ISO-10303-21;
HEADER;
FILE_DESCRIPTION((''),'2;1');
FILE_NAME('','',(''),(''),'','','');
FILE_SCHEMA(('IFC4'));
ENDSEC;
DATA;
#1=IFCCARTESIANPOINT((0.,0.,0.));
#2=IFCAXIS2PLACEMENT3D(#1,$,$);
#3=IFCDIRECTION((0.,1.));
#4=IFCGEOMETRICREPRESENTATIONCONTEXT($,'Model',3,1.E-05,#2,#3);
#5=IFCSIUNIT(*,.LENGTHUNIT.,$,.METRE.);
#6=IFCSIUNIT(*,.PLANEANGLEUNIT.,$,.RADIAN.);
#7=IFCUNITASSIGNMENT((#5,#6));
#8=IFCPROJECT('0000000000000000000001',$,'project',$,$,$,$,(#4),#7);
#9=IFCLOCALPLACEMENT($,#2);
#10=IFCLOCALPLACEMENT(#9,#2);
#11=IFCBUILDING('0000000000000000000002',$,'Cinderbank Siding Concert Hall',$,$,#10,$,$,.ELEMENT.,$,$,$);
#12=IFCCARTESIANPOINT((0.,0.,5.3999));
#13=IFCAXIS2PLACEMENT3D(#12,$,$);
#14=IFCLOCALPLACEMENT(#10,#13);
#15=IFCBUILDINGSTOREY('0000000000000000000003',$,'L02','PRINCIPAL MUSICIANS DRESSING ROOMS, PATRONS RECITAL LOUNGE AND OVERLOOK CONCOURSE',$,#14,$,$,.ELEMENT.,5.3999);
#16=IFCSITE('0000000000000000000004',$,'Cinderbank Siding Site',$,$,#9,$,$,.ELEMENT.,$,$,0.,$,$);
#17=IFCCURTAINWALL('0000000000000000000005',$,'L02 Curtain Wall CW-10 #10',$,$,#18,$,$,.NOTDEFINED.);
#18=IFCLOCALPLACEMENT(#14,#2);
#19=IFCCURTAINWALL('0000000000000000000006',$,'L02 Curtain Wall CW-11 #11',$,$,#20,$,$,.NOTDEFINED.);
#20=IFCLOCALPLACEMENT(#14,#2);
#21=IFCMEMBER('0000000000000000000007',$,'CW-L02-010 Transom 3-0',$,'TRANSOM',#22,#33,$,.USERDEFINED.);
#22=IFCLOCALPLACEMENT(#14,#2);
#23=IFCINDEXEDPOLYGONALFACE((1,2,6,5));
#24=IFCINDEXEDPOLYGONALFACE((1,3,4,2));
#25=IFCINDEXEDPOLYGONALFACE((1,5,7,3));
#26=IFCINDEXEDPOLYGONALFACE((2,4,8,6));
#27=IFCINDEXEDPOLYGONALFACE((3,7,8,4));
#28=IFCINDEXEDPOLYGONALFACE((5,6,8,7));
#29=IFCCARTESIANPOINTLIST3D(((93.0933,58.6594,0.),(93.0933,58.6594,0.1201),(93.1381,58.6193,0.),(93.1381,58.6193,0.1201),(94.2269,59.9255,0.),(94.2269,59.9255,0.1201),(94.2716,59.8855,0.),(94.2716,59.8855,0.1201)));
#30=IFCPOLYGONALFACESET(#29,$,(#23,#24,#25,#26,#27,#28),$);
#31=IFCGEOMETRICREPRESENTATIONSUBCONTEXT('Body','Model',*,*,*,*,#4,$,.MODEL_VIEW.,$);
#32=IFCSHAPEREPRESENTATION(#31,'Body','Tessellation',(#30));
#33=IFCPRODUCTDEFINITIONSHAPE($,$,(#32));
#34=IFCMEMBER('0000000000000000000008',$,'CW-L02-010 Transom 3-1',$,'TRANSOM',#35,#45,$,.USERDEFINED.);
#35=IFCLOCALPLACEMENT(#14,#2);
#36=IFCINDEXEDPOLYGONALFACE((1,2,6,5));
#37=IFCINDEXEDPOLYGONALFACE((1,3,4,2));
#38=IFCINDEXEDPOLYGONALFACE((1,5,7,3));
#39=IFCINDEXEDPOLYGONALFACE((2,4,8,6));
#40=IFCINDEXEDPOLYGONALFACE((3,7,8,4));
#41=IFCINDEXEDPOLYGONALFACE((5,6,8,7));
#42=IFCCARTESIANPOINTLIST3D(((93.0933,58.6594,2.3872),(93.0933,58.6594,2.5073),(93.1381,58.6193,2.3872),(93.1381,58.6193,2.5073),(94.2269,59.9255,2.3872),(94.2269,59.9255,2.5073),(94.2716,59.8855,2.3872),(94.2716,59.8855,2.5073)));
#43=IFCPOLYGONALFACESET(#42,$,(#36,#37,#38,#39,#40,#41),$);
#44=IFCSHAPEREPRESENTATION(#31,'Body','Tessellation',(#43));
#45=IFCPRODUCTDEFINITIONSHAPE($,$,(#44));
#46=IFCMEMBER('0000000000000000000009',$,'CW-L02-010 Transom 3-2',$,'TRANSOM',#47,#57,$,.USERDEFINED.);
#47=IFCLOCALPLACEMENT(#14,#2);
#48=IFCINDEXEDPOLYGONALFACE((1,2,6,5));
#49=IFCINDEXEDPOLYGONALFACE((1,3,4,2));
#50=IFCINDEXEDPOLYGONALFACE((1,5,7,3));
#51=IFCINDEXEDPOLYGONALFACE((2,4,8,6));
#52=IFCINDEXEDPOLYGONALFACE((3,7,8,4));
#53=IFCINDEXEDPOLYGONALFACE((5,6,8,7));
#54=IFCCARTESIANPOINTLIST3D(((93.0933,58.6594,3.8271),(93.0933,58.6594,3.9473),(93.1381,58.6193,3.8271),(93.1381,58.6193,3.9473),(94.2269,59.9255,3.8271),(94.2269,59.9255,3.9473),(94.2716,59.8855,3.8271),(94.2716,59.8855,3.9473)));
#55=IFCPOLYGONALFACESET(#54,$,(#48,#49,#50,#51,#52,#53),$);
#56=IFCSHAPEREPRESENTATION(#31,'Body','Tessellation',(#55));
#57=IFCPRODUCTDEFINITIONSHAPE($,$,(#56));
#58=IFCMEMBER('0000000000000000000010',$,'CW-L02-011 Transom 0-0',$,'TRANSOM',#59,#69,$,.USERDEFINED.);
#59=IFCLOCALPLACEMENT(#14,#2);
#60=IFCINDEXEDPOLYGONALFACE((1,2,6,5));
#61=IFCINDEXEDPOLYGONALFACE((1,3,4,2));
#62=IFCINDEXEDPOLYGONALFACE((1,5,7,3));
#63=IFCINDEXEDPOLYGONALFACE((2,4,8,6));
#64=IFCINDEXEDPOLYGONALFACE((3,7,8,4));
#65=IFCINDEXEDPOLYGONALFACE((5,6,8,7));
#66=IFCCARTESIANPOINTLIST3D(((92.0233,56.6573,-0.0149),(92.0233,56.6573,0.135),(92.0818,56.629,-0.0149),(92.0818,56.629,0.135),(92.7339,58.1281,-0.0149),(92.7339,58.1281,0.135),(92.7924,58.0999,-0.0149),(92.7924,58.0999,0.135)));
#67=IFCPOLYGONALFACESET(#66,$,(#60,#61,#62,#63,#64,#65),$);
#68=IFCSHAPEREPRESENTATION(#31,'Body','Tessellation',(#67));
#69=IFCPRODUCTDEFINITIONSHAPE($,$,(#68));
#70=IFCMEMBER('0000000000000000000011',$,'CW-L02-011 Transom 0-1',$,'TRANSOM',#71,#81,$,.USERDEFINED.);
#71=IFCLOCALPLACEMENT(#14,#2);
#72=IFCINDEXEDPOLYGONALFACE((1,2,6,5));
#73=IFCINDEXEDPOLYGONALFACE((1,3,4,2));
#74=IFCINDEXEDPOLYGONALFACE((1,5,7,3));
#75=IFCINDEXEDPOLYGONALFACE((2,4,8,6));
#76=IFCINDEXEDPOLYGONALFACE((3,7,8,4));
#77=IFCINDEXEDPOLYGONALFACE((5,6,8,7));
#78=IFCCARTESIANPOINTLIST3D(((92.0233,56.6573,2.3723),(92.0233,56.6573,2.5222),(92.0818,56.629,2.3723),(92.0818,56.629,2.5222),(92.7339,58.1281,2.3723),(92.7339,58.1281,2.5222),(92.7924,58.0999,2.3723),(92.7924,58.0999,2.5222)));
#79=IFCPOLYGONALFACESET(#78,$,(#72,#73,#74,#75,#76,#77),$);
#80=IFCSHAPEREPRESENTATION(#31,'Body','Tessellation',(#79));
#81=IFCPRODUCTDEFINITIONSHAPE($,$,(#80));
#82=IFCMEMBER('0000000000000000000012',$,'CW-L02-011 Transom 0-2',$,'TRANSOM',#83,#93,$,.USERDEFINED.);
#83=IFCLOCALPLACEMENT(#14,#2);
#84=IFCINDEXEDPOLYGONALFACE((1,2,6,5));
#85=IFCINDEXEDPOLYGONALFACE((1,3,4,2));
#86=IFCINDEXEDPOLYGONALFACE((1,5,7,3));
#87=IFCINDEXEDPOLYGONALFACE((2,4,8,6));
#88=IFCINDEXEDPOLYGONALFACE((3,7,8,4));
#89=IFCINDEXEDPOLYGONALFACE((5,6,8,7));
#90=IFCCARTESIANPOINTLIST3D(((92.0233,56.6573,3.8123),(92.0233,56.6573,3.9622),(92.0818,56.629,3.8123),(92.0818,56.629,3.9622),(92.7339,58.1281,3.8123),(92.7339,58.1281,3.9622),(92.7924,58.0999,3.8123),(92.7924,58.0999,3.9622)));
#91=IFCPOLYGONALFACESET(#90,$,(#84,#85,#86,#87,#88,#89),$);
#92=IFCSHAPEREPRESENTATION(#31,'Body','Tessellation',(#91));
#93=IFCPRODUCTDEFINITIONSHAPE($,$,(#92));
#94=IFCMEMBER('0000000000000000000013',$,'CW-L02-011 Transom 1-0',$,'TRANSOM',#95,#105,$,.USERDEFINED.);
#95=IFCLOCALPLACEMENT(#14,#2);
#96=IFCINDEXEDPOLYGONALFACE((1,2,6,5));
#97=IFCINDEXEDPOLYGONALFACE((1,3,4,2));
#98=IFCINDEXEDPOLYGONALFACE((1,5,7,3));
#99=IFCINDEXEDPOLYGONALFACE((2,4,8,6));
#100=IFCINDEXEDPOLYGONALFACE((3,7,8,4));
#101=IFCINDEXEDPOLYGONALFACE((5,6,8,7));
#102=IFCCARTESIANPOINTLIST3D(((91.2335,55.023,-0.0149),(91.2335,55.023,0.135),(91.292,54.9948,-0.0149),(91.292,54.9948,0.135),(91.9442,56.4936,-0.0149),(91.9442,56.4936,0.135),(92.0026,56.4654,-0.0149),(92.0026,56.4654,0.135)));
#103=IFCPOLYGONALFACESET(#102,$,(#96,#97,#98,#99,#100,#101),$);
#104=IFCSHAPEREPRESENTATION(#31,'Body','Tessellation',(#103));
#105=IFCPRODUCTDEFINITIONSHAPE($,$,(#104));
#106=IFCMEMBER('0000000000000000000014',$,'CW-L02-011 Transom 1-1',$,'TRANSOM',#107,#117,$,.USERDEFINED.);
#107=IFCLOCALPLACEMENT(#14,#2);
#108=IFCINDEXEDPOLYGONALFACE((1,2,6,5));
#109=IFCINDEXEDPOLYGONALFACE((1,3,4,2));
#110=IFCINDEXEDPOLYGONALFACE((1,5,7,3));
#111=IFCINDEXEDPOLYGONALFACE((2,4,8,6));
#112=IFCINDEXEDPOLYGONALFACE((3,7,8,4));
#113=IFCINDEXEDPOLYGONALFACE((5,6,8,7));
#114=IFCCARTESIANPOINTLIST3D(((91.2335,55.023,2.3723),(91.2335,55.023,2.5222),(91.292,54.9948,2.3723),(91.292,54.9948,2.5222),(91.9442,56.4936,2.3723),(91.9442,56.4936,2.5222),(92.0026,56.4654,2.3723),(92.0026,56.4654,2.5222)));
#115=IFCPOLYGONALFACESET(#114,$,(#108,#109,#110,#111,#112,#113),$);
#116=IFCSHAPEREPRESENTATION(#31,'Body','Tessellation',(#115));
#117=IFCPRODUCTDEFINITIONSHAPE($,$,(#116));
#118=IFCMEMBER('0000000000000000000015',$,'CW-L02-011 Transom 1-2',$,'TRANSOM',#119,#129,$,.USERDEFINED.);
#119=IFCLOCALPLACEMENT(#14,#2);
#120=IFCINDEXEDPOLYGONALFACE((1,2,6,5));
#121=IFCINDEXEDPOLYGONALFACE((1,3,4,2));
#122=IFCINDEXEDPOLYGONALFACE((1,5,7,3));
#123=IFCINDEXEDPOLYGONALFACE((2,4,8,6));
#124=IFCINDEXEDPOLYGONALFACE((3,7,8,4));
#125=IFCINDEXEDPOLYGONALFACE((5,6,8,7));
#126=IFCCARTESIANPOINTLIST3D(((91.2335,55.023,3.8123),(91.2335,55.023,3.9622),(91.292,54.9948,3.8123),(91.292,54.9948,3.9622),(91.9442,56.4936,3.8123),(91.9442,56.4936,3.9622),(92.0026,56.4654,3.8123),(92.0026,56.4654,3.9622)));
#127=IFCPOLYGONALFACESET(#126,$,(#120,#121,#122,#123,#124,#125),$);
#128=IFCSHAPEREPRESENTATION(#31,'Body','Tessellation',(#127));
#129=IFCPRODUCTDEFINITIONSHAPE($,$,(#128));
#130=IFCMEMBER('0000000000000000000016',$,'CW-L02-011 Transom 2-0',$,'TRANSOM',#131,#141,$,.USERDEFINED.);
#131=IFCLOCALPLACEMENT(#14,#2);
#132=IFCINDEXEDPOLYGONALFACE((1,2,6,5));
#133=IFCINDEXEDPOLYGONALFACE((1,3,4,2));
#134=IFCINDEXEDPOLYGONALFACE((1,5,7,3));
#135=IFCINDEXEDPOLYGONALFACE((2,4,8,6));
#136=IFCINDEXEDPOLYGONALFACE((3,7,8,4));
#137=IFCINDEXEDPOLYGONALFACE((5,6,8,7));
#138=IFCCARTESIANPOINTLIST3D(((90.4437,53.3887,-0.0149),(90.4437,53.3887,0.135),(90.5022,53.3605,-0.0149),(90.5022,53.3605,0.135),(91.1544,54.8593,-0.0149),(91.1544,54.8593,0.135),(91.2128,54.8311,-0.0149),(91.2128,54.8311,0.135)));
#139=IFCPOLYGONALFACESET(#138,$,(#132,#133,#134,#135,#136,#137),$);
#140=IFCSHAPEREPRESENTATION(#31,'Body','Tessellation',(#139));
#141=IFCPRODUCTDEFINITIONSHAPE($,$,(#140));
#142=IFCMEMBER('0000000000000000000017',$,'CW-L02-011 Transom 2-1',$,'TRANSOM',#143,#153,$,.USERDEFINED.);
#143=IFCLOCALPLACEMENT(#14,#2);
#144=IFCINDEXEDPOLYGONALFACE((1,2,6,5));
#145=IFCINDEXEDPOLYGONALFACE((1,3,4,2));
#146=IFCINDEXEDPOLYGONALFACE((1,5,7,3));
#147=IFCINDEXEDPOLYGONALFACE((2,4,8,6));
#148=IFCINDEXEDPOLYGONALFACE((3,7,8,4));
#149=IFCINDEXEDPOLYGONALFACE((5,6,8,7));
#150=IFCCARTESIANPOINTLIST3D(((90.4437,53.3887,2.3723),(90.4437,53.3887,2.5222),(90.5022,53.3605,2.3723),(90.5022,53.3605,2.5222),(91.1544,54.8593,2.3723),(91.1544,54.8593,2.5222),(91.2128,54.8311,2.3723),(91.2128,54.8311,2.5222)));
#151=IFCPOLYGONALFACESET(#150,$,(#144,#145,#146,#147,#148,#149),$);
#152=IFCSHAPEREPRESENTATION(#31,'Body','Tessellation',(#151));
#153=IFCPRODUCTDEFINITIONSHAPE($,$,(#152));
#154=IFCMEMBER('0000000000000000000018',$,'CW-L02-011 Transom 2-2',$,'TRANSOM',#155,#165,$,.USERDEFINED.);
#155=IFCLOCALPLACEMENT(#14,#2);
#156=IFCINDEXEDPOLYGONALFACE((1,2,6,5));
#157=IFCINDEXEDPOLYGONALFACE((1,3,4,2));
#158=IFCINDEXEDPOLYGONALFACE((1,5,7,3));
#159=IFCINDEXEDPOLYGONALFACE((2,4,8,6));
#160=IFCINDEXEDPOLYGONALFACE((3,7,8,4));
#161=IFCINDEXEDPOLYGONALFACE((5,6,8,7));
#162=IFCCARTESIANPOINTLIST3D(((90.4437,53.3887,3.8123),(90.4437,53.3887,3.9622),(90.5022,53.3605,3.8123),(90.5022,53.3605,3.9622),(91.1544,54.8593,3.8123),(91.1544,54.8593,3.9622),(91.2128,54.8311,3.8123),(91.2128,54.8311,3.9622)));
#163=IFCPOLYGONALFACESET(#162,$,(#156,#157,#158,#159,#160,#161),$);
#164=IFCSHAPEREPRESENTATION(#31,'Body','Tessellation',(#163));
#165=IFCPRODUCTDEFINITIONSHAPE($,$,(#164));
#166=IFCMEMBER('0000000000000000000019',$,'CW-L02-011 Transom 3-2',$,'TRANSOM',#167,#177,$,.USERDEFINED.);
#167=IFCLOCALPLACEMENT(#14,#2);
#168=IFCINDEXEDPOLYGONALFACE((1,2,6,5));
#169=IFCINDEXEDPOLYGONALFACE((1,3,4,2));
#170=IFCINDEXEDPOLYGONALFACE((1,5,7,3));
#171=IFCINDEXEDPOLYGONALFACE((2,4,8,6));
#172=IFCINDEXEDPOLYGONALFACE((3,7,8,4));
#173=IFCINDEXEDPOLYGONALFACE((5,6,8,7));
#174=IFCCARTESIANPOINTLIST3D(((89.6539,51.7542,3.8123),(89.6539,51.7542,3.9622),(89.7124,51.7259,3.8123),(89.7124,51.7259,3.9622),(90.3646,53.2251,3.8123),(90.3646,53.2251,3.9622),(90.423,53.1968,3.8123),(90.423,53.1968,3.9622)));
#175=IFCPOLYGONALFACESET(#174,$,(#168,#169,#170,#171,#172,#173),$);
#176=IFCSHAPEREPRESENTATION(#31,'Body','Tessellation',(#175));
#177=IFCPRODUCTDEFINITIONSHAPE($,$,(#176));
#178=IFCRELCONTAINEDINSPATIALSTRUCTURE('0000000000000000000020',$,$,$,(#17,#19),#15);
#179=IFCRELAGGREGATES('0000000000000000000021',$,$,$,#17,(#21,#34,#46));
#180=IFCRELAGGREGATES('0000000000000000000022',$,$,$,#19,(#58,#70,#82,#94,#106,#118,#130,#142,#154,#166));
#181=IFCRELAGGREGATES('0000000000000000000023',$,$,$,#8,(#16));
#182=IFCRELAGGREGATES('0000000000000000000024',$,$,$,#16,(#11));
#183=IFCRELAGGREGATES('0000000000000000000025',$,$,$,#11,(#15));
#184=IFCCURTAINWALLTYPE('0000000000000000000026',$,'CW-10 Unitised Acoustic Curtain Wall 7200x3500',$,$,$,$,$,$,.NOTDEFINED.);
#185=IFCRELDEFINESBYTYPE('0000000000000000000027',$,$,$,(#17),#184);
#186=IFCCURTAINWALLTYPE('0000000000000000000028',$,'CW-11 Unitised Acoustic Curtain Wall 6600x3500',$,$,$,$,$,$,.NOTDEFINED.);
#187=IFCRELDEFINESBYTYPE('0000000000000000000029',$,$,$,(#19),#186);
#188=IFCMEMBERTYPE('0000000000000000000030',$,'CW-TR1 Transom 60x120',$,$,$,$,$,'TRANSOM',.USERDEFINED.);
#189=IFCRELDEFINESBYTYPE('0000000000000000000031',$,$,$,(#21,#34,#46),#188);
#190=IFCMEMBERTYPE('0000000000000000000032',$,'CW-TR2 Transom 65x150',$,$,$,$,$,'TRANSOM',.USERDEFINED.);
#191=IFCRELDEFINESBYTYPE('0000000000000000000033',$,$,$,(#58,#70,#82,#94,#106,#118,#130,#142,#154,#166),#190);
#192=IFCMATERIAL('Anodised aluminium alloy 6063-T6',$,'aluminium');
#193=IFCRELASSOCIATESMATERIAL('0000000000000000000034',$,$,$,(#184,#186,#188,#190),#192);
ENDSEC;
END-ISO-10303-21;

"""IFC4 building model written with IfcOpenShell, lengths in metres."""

from ifc_helpers import new_model, si_unit, direction, frame, origin, origin_2d, place, context, subcontext, project, spatial, rectangle, extrude, material, material_profile, profile_set, type_object, element, aggregate, save


model = new_model("IFC4")

# Units and contexts
model_context = context("Model", 3, precision=1e-05, world=origin(), true_north=direction((0.0, 1.0)))
body_context = subcontext(model_context, "Body", "Model", "MODEL_VIEW")
ifc_project = project(units=[si_unit("LENGTHUNIT", "METRE"), si_unit("PLANEANGLEUNIT", "RADIAN")], contexts=[model_context])

# Site, building, storey
site_placement = place(None, origin())
site = spatial("IfcSite", under=ifc_project, at=site_placement, Name="Cinderbank Siding Site", CompositionType="ELEMENT", RefElevation=0.0)
building_placement = place(site_placement, origin())
building = spatial("IfcBuilding", under=site, at=building_placement, Name="Cinderbank Siding Concert Hall", CompositionType="ELEMENT")
storey_placement = place(building_placement, frame((0.0, 0.0, 5.3999)))
storey = spatial("IfcBuildingStorey", under=building, at=storey_placement, Name="L02", Description="PRINCIPAL MUSICIANS DRESSING ROOMS, PATRONS RECITAL LOUNGE AND OVERLOOK CONCOURSE", CompositionType="ELEMENT", Elevation=5.3999)

# Curtain walls
ifc_material_1 = material(Name="Anodised aluminium alloy 6063-T6", Category="aluminium")
curtain_wall_type_1 = type_object("IfcCurtainWallType", Name="CW-10 Unitised Acoustic Curtain Wall 7200x3500", PredefinedType="NOTDEFINED", material=ifc_material_1)
curtain_wall_1_placement = place(storey_placement, origin())
curtain_wall_1 = element("IfcCurtainWall", 1, at=curtain_wall_1_placement, inside=storey, type_object=curtain_wall_type_1, Name="L02 Curtain Wall CW-10 #10", PredefinedType="NOTDEFINED")
curtain_wall_type_2 = type_object("IfcCurtainWallType", Name="CW-11 Unitised Acoustic Curtain Wall 6600x3500", PredefinedType="NOTDEFINED", material=ifc_material_1)
curtain_wall_2_placement = place(storey_placement, origin())
curtain_wall_2 = element("IfcCurtainWall", 2, at=curtain_wall_2_placement, inside=storey, type_object=curtain_wall_type_2, Name="L02 Curtain Wall CW-11 #11", PredefinedType="NOTDEFINED")

# Members
ifc_material_profile_1 = material_profile(ifc_material_1, rectangle(XDim=0.0601, YDim=0.1201, at=origin_2d()), Name="ALU-TRAN-60x120", Category="LoadBearing")
ifc_profile_set_1 = profile_set([ifc_material_profile_1], Name="Anodised aluminium alloy 6063-T6")
member_type_1 = type_object("IfcMemberType", Name="CW-TR1 Transom 60x120", ElementType="TRANSOM", PredefinedType="USERDEFINED", material=ifc_profile_set_1)
member_1_placement = place(storey_placement, frame((94.2493, 59.9055, 0.0601), z_axis=(-0.667026, -0.745035, 0.0), x_axis=(0.745035, -0.667026, 0.0)))
member_1 = element("IfcMember", 3, at=member_1_placement, type_object=member_type_1, Name="CW-L02-010 Transom 3-0", ObjectType="TRANSOM", PredefinedType="USERDEFINED", context=body_context, shape_type="SweptSolid", body=[
    extrude(rectangle(XDim=0.0601, YDim=0.1201, at=origin_2d()), origin(), (0.0, 0.0, 1.0), 1.6995),
])
member_2_placement = place(storey_placement, frame((94.2493, 59.9055, 2.4473), z_axis=(-0.667026, -0.745035, 0.0), x_axis=(0.745035, -0.667026, 0.0)))
member_2 = element("IfcMember", 4, at=member_2_placement, type_object=member_type_1, Name="CW-L02-010 Transom 3-1", ObjectType="TRANSOM", PredefinedType="USERDEFINED", context=body_context, shape_type="SweptSolid", body=[
    extrude(rectangle(XDim=0.0601, YDim=0.1201, at=origin_2d()), origin(), (0.0, 0.0, 1.0), 1.6995),
])
member_3_placement = place(storey_placement, frame((94.2493, 59.9055, 3.8872), z_axis=(-0.667026, -0.745035, 0.0), x_axis=(0.745035, -0.667026, 0.0)))
member_3 = element("IfcMember", 5, at=member_3_placement, type_object=member_type_1, Name="CW-L02-010 Transom 3-2", ObjectType="TRANSOM", PredefinedType="USERDEFINED", context=body_context, shape_type="SweptSolid", body=[
    extrude(rectangle(XDim=0.0601, YDim=0.1201, at=origin_2d()), origin(), (0.0, 0.0, 1.0), 1.6995),
])
ifc_material_profile_2 = material_profile(ifc_material_1, rectangle(XDim=0.0649, YDim=0.1499, at=origin_2d()), Name="ALU-TRAN-65x150", Category="LoadBearing")
ifc_profile_set_2 = profile_set([ifc_material_profile_2], Name="Anodised aluminium alloy 6063-T6")
member_type_2 = type_object("IfcMemberType", Name="CW-TR2 Transom 65x150", ElementType="TRANSOM", PredefinedType="USERDEFINED", material=ifc_profile_set_2)
member_4_placement = place(storey_placement, frame((92.7632, 58.114, 0.0601), z_axis=(-0.435037, -0.900412, 0.0), x_axis=(0.900412, -0.435037, 0.0)))
member_4 = element("IfcMember", 6, at=member_4_placement, type_object=member_type_2, Name="CW-L02-011 Transom 0-0", ObjectType="TRANSOM", PredefinedType="USERDEFINED", context=body_context, shape_type="SweptSolid", body=[
    extrude(rectangle(XDim=0.0649, YDim=0.1499, at=origin_2d()), origin(), (0.0, 0.0, 1.0), 1.6335),
])
member_5_placement = place(storey_placement, frame((92.7632, 58.114, 2.4473), z_axis=(-0.435037, -0.900412, 0.0), x_axis=(0.900412, -0.435037, 0.0)))
member_5 = element("IfcMember", 7, at=member_5_placement, type_object=member_type_2, Name="CW-L02-011 Transom 0-1", ObjectType="TRANSOM", PredefinedType="USERDEFINED", context=body_context, shape_type="SweptSolid", body=[
    extrude(rectangle(XDim=0.0649, YDim=0.1499, at=origin_2d()), origin(), (0.0, 0.0, 1.0), 1.6335),
])
member_6_placement = place(storey_placement, frame((92.7632, 58.114, 3.8872), z_axis=(-0.435037, -0.900412, 0.0), x_axis=(0.900412, -0.435037, 0.0)))
member_6 = element("IfcMember", 8, at=member_6_placement, type_object=member_type_2, Name="CW-L02-011 Transom 0-2", ObjectType="TRANSOM", PredefinedType="USERDEFINED", context=body_context, shape_type="SweptSolid", body=[
    extrude(rectangle(XDim=0.0649, YDim=0.1499, at=origin_2d()), origin(), (0.0, 0.0, 1.0), 1.6335),
])
member_7_placement = place(storey_placement, frame((91.9734, 56.4795, 0.0601), z_axis=(-0.435096, -0.900384, 0.0), x_axis=(0.900384, -0.435096, 0.0)))
member_7 = element("IfcMember", 9, at=member_7_placement, type_object=member_type_2, Name="CW-L02-011 Transom 1-0", ObjectType="TRANSOM", PredefinedType="USERDEFINED", context=body_context, shape_type="SweptSolid", body=[
    extrude(rectangle(XDim=0.0649, YDim=0.1499, at=origin_2d()), origin(), (0.0, 0.0, 1.0), 1.6333),
])
member_8_placement = place(storey_placement, frame((91.9734, 56.4795, 2.4473), z_axis=(-0.435096, -0.900384, 0.0), x_axis=(0.900384, -0.435096, 0.0)))
member_8 = element("IfcMember", 10, at=member_8_placement, type_object=member_type_2, Name="CW-L02-011 Transom 1-1", ObjectType="TRANSOM", PredefinedType="USERDEFINED", context=body_context, shape_type="SweptSolid", body=[
    extrude(rectangle(XDim=0.0649, YDim=0.1499, at=origin_2d()), origin(), (0.0, 0.0, 1.0), 1.6333),
])
member_9_placement = place(storey_placement, frame((91.9734, 56.4795, 3.8872), z_axis=(-0.435096, -0.900384, 0.0), x_axis=(0.900384, -0.435096, 0.0)))
member_9 = element("IfcMember", 11, at=member_9_placement, type_object=member_type_2, Name="CW-L02-011 Transom 1-2", ObjectType="TRANSOM", PredefinedType="USERDEFINED", context=body_context, shape_type="SweptSolid", body=[
    extrude(rectangle(XDim=0.0649, YDim=0.1499, at=origin_2d()), origin(), (0.0, 0.0, 1.0), 1.6333),
])
member_10_placement = place(storey_placement, frame((91.1836, 54.8452, 0.0601), z_axis=(-0.435096, -0.900384, 0.0), x_axis=(0.900384, -0.435096, 0.0)))
member_10 = element("IfcMember", 12, at=member_10_placement, type_object=member_type_2, Name="CW-L02-011 Transom 2-0", ObjectType="TRANSOM", PredefinedType="USERDEFINED", context=body_context, shape_type="SweptSolid", body=[
    extrude(rectangle(XDim=0.0649, YDim=0.1499, at=origin_2d()), origin(), (0.0, 0.0, 1.0), 1.6333),
])
member_11_placement = place(storey_placement, frame((91.1836, 54.8452, 2.4473), z_axis=(-0.435096, -0.900384, 0.0), x_axis=(0.900384, -0.435096, 0.0)))
member_11 = element("IfcMember", 13, at=member_11_placement, type_object=member_type_2, Name="CW-L02-011 Transom 2-1", ObjectType="TRANSOM", PredefinedType="USERDEFINED", context=body_context, shape_type="SweptSolid", body=[
    extrude(rectangle(XDim=0.0649, YDim=0.1499, at=origin_2d()), origin(), (0.0, 0.0, 1.0), 1.6333),
])
member_12_placement = place(storey_placement, frame((91.1836, 54.8452, 3.8872), z_axis=(-0.435096, -0.900384, 0.0), x_axis=(0.900384, -0.435096, 0.0)))
member_12 = element("IfcMember", 14, at=member_12_placement, type_object=member_type_2, Name="CW-L02-011 Transom 2-2", ObjectType="TRANSOM", PredefinedType="USERDEFINED", context=body_context, shape_type="SweptSolid", body=[
    extrude(rectangle(XDim=0.0649, YDim=0.1499, at=origin_2d()), origin(), (0.0, 0.0, 1.0), 1.6333),
])
member_13_placement = place(storey_placement, frame((90.3938, 53.2109, 3.8872), z_axis=(-0.435037, -0.900412, 0.0), x_axis=(0.900412, -0.435037, 0.0)))
member_13 = element("IfcMember", 15, at=member_13_placement, type_object=member_type_2, Name="CW-L02-011 Transom 3-2", ObjectType="TRANSOM", PredefinedType="USERDEFINED", context=body_context, shape_type="SweptSolid", body=[
    extrude(rectangle(XDim=0.0649, YDim=0.1499, at=origin_2d()), origin(), (0.0, 0.0, 1.0), 1.6335),
])

aggregate(curtain_wall_1, [member_1, member_2, member_3])
aggregate(curtain_wall_2, [member_4, member_5, member_6, member_7, member_8, member_9, member_10, member_11, member_12, member_13])

save(model, "model.ifc")
